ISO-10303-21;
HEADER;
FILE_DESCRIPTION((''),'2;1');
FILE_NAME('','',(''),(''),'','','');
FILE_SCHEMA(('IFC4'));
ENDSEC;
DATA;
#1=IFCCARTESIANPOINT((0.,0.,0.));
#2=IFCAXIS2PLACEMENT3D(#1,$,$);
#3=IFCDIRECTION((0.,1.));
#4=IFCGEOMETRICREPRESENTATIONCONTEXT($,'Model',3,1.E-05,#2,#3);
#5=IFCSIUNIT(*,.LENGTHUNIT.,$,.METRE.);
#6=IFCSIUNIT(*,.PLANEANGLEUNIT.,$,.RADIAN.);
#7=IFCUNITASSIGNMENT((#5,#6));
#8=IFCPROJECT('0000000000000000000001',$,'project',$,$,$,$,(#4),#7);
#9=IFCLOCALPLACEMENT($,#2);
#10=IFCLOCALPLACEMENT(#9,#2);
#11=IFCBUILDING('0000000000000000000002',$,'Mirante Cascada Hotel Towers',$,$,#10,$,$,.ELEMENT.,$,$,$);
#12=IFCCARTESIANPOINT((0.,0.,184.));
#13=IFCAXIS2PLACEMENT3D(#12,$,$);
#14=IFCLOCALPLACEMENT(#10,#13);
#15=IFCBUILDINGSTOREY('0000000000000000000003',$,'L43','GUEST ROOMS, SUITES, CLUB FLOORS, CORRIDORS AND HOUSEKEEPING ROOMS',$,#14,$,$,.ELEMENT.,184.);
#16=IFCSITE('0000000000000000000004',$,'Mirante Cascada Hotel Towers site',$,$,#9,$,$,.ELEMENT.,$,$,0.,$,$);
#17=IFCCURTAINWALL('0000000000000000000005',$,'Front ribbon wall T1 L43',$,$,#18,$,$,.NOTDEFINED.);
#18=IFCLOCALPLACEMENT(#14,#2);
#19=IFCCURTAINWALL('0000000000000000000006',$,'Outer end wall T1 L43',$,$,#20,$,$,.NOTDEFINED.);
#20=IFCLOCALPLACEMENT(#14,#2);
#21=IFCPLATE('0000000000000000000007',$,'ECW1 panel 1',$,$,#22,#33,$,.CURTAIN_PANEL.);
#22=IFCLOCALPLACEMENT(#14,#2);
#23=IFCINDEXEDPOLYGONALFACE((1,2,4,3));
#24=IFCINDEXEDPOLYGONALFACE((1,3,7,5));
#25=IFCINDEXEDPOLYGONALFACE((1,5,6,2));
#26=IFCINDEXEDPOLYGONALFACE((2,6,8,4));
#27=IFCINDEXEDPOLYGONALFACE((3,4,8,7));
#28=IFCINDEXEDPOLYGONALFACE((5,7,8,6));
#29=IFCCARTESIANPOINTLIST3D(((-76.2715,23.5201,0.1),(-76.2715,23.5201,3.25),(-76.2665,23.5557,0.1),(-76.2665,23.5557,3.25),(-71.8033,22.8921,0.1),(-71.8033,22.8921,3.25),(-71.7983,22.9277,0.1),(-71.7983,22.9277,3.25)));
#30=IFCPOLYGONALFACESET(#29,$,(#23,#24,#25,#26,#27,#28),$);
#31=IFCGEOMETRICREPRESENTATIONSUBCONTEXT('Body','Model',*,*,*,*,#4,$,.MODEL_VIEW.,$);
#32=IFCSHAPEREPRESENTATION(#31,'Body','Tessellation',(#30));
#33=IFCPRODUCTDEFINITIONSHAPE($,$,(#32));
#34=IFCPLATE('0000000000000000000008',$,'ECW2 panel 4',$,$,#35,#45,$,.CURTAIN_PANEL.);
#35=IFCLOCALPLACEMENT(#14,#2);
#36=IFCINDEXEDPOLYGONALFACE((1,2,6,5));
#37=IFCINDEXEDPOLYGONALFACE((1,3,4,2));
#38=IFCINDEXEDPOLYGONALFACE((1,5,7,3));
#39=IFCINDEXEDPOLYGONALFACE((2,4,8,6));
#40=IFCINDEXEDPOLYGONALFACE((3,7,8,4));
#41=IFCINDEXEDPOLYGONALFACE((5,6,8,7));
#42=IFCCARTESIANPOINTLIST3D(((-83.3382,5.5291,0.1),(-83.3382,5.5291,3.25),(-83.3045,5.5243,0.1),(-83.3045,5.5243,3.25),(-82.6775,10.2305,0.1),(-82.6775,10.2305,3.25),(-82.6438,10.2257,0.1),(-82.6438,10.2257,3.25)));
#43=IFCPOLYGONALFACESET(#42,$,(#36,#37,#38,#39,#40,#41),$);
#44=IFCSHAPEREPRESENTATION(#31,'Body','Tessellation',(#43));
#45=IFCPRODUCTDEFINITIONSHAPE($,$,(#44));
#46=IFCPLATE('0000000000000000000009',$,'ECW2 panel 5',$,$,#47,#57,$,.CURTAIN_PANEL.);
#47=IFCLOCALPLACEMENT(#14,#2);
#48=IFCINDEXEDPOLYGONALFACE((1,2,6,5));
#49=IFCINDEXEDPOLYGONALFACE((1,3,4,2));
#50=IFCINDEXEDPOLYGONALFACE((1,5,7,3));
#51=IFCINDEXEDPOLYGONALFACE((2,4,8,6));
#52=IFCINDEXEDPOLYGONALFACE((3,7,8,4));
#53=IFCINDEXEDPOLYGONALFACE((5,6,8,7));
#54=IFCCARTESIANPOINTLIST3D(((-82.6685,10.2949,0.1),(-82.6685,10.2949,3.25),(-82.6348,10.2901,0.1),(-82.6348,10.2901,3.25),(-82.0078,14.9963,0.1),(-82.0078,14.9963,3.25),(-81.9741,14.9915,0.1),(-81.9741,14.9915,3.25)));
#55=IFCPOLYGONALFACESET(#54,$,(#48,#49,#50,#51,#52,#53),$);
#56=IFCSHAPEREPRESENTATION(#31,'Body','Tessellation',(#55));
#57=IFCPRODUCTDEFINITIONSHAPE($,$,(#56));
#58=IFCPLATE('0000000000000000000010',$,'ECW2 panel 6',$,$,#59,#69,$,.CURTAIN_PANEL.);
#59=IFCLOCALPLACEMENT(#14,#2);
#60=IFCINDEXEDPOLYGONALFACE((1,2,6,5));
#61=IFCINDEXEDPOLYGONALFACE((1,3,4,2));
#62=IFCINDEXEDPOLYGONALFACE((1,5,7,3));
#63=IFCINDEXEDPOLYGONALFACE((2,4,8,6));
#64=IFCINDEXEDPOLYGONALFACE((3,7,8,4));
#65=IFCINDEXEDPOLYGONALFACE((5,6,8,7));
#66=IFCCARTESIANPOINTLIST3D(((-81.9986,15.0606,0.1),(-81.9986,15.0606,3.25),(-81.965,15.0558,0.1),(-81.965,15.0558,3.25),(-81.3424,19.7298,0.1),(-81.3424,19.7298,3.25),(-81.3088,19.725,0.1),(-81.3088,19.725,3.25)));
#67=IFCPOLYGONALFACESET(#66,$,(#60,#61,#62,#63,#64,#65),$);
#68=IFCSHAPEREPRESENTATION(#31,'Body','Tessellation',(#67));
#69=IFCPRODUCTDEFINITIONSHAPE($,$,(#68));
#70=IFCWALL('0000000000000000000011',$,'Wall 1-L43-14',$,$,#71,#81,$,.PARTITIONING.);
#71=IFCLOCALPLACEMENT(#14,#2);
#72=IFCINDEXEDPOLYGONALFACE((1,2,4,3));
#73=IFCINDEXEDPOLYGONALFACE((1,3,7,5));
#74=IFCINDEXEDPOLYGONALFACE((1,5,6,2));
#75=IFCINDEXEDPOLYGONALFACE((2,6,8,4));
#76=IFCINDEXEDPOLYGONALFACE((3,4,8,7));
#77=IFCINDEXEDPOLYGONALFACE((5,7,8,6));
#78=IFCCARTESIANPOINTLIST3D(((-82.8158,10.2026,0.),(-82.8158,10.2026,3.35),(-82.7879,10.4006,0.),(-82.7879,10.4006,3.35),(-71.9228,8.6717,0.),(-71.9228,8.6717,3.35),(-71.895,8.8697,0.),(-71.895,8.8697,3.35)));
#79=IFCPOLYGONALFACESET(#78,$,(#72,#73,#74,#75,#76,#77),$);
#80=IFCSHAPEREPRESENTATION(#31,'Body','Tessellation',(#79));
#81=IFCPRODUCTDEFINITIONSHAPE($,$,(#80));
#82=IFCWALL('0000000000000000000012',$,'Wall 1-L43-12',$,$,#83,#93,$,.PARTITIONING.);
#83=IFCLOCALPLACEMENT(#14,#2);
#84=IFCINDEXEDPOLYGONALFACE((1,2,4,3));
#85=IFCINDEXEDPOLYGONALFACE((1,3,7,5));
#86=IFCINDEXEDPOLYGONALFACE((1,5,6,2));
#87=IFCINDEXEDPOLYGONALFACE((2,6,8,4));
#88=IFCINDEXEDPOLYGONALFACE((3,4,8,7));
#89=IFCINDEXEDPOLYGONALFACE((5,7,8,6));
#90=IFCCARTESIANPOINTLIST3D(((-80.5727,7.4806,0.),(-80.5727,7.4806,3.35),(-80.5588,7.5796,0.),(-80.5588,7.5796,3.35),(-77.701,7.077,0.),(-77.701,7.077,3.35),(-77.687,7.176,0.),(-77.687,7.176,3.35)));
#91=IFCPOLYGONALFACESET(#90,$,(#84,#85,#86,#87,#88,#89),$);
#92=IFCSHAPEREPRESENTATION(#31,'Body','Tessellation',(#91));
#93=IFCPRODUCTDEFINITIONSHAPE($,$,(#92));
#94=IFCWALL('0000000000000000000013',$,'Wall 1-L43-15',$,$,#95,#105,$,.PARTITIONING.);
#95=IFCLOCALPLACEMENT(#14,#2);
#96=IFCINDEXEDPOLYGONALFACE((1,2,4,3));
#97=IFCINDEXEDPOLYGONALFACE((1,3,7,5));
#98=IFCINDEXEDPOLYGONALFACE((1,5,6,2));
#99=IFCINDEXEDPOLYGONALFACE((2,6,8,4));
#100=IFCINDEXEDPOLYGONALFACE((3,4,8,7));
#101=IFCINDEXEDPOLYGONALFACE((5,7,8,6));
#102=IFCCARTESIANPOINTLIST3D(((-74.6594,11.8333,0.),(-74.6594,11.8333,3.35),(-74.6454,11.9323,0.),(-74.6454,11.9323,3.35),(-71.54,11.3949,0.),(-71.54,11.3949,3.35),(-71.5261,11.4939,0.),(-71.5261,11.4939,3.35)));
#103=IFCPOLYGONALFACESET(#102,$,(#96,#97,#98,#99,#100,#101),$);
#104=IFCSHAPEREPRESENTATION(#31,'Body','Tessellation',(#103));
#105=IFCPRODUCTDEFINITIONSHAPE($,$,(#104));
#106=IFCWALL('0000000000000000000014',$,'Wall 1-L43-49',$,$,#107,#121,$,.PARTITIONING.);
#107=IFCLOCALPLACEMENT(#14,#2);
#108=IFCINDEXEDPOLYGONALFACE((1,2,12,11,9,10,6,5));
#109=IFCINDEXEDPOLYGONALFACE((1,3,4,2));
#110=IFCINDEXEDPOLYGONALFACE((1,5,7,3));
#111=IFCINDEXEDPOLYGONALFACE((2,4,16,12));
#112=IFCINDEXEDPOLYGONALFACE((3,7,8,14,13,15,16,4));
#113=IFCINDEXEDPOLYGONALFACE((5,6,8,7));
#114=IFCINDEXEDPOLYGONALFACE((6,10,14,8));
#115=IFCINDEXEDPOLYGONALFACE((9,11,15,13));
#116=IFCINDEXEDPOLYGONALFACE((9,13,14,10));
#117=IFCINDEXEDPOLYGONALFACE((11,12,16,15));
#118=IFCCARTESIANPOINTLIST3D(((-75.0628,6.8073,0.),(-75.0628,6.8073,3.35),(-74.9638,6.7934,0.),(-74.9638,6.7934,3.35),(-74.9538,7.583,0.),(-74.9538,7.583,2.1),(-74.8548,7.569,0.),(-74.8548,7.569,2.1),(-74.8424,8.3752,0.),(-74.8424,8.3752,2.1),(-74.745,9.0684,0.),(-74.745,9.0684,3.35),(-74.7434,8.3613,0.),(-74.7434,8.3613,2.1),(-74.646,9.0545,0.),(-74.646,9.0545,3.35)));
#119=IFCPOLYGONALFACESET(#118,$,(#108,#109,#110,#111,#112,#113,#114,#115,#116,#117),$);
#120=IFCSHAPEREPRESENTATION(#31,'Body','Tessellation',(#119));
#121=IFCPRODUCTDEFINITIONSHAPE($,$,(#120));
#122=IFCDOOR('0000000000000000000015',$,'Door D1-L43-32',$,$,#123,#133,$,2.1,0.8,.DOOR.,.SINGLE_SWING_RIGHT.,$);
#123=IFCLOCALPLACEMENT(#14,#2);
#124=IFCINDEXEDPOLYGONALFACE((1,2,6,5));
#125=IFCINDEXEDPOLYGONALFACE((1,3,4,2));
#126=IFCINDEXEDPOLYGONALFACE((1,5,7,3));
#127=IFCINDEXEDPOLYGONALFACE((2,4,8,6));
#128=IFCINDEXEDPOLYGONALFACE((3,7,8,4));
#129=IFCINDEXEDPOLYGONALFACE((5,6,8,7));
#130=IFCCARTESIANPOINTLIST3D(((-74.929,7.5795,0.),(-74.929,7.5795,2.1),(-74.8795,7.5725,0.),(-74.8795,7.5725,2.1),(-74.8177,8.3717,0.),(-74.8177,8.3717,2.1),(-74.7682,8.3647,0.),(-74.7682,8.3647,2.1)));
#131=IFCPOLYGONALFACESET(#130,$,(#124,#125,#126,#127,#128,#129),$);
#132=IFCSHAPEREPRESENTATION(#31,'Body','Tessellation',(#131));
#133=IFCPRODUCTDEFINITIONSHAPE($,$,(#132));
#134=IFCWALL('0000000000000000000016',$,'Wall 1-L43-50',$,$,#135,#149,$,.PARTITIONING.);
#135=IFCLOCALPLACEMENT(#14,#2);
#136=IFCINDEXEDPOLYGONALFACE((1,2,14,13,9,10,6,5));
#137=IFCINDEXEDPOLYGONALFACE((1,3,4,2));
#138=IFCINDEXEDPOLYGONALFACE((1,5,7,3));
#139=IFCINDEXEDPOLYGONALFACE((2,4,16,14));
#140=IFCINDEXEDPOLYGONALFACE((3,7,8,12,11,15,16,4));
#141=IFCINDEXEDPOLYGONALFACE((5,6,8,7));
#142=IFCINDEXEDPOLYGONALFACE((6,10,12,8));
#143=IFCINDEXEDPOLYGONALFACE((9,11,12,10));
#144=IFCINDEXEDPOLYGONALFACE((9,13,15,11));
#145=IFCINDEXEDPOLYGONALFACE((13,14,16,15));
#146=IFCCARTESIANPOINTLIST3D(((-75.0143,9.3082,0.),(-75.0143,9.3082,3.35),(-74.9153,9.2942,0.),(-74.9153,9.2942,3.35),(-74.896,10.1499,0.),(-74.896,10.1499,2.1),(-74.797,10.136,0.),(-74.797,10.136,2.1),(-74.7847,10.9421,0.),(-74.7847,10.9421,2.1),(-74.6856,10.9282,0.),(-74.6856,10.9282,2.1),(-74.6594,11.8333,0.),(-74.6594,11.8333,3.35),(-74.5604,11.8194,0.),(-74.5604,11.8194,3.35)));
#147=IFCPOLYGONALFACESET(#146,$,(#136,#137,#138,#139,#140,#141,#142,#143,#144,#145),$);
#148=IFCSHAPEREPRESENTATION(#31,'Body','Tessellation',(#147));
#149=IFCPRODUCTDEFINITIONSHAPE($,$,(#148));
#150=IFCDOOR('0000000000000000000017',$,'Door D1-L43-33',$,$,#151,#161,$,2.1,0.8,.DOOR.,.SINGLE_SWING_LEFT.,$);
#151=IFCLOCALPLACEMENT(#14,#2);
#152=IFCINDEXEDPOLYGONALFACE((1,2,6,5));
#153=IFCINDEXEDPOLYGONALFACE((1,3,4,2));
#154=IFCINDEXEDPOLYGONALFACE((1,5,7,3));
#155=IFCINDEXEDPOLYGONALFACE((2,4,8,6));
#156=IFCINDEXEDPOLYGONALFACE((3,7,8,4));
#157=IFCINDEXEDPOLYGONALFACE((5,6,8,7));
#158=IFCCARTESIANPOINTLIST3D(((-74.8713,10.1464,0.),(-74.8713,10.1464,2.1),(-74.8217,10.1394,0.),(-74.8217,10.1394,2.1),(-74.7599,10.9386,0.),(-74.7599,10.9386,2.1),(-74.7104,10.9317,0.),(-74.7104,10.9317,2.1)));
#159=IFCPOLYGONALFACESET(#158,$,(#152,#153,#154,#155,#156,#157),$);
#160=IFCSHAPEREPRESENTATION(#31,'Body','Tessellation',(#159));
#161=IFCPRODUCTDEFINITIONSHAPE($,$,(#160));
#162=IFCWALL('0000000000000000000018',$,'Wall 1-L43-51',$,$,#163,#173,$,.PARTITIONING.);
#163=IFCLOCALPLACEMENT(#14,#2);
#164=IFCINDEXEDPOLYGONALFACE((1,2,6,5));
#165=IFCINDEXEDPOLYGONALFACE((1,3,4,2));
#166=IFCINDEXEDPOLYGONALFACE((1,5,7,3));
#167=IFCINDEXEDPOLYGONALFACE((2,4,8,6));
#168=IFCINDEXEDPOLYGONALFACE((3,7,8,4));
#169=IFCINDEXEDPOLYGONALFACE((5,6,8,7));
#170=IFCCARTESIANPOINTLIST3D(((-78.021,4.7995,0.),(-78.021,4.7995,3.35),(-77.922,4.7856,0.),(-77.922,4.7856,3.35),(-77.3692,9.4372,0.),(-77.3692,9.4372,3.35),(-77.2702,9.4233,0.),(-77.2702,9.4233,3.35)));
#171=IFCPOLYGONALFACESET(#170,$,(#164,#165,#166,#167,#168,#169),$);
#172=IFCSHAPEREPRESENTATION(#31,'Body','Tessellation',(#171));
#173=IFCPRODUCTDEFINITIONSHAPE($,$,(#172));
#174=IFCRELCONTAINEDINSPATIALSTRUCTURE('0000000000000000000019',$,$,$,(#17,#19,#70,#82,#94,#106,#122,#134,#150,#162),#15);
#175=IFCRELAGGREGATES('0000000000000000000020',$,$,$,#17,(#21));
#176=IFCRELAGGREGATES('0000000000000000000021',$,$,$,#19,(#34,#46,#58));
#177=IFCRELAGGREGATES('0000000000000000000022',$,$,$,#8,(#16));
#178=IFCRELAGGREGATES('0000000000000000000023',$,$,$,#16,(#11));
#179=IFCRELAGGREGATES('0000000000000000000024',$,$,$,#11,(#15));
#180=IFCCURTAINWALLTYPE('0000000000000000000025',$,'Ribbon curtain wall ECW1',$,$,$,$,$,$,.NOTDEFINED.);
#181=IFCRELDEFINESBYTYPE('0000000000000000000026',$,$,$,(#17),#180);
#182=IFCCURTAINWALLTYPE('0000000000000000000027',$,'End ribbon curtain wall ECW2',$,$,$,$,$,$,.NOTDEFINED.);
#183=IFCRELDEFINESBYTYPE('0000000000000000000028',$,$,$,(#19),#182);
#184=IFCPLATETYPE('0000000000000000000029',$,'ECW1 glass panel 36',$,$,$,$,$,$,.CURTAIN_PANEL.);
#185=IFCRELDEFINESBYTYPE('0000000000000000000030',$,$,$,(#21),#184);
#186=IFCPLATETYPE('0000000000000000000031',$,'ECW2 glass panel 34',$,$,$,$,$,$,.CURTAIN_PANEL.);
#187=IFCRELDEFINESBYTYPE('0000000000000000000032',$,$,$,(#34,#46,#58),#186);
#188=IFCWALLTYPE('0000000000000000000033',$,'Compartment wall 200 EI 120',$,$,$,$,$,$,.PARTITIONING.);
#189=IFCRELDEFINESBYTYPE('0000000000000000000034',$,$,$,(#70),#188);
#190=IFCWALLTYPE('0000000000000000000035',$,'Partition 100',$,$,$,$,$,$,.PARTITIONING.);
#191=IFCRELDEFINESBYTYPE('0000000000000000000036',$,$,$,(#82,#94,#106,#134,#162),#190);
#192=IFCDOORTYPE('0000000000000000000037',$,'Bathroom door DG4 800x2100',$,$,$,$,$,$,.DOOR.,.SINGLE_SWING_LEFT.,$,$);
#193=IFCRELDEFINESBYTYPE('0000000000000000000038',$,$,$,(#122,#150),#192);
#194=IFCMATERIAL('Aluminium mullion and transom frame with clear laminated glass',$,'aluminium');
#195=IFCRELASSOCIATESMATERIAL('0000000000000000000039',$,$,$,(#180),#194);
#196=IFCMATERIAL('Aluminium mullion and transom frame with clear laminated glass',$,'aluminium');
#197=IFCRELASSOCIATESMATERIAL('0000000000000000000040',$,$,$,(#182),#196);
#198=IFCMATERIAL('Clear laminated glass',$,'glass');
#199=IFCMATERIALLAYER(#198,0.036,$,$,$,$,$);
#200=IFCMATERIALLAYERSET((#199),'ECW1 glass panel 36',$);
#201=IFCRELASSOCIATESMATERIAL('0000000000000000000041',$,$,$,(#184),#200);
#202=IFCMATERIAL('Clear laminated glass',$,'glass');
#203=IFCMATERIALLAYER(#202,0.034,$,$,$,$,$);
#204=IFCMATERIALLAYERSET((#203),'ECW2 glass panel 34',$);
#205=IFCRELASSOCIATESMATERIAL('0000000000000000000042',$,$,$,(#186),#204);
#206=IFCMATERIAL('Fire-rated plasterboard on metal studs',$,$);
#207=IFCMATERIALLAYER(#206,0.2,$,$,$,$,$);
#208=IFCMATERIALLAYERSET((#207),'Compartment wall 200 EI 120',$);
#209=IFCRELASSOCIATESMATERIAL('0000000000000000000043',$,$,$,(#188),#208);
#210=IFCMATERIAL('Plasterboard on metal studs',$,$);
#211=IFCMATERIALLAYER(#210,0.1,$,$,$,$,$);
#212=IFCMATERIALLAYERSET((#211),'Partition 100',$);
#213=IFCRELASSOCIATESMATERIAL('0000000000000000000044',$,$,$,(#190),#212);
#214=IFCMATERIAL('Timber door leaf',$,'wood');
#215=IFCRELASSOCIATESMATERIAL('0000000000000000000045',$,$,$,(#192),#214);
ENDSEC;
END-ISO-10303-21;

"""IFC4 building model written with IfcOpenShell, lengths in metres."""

from ifc_helpers import new_model, si_unit, direction, frame, frame_2d, origin, origin_2d, place, context, subcontext, project, spatial, rectangle, extrude, material, layer, layer_set, type_object, element, fill, aggregate, save


model = new_model("IFC4")

# Units and contexts
model_context = context("Model", 3, precision=1e-05, world=origin(), true_north=direction((0.0, 1.0)))
body_context = subcontext(model_context, "Body", "Model", "MODEL_VIEW")
ifc_project = project(units=[si_unit("LENGTHUNIT", "METRE"), si_unit("PLANEANGLEUNIT", "RADIAN")], contexts=[model_context])

# Site, building, storey
site_placement = place(None, origin())
site = spatial("IfcSite", under=ifc_project, at=site_placement, Name="Mirante Cascada Hotel Towers site", CompositionType="ELEMENT", RefElevation=0.0)
building_placement = place(site_placement, origin())
building = spatial("IfcBuilding", under=site, at=building_placement, Name="Mirante Cascada Hotel Towers", CompositionType="ELEMENT")
storey_placement = place(building_placement, frame((0.0, 0.0, 184.0)))
storey = spatial("IfcBuildingStorey", under=building, at=storey_placement, Name="L43", Description="GUEST ROOMS, SUITES, CLUB FLOORS, CORRIDORS AND HOUSEKEEPING ROOMS", CompositionType="ELEMENT", Elevation=184.0)

# Curtain walls
ifc_material_1 = material(Name="Aluminium mullion and transom frame with clear laminated glass", Category="aluminium")
curtain_wall_type_1 = type_object("IfcCurtainWallType", Name="Ribbon curtain wall ECW1", PredefinedType="NOTDEFINED", material=ifc_material_1)
curtain_wall_1_placement = place(storey_placement, origin())
curtain_wall_1 = element("IfcCurtainWall", 1, at=curtain_wall_1_placement, inside=storey, type_object=curtain_wall_type_1, Name="Front ribbon wall T1 L43", PredefinedType="NOTDEFINED")
ifc_material_2 = material(Name="Aluminium mullion and transom frame with clear laminated glass", Category="aluminium")
curtain_wall_type_2 = type_object("IfcCurtainWallType", Name="End ribbon curtain wall ECW2", PredefinedType="NOTDEFINED", material=ifc_material_2)
curtain_wall_2_placement = place(storey_placement, origin())
curtain_wall_2 = element("IfcCurtainWall", 2, at=curtain_wall_2_placement, inside=storey, type_object=curtain_wall_type_2, Name="Outer end wall T1 L43", PredefinedType="NOTDEFINED")

# Plates
ifc_material_3 = material(Name="Clear laminated glass", Category="glass")
ifc_layer_1 = layer(ifc_material_3, 0.036)
ifc_layer_set_1 = layer_set([ifc_layer_1], Name="ECW1 glass panel 36")
plate_type_1 = type_object("IfcPlateType", Name="ECW1 glass panel 36", PredefinedType="CURTAIN_PANEL", material=ifc_layer_set_1)
plate_1_placement = place(storey_placement, frame((-74.0349, 23.2239, 0.1), z_axis=(0.0, 0.0, 1.0), x_axis=(0.990268, -0.139173, 0.0)))
plate_1 = element("IfcPlate", 3, at=plate_1_placement, type_object=plate_type_1, Name="ECW1 panel 1", PredefinedType="CURTAIN_PANEL", context=body_context, shape_type="SweptSolid", body=[
    extrude(rectangle(XDim=4.5121, YDim=0.036, at=origin_2d()), origin(), (0.0, 0.0, 1.0), 3.15),
])
aggregate(curtain_wall_1, [plate_1])
ifc_material_4 = material(Name="Clear laminated glass", Category="glass")
ifc_layer_2 = layer(ifc_material_4, 0.034)
ifc_layer_set_2 = layer_set([ifc_layer_2], Name="ECW2 glass panel 34")
plate_type_2 = type_object("IfcPlateType", Name="ECW2 glass panel 34", PredefinedType="CURTAIN_PANEL", material=ifc_layer_set_2)
plate_2_placement = place(storey_placement, frame((-82.991, 7.8774, 0.1), z_axis=(0.0, 0.0, 1.0), x_axis=(0.139173, 0.990268, 0.0)))
plate_2 = element("IfcPlate", 4, at=plate_2_placement, type_object=plate_type_2, Name="ECW2 panel 4", PredefinedType="CURTAIN_PANEL", context=body_context, shape_type="SweptSolid", body=[
    extrude(rectangle(XDim=4.7476, YDim=0.034, at=origin_2d()), origin(), (0.0, 0.0, 1.0), 3.15),
])
plate_3_placement = place(storey_placement, frame((-82.3213, 12.6432, 0.1), z_axis=(0.0, 0.0, 1.0), x_axis=(0.139173, 0.990268, 0.0)))
plate_3 = element("IfcPlate", 5, at=plate_3_placement, type_object=plate_type_2, Name="ECW2 panel 5", PredefinedType="CURTAIN_PANEL", context=body_context, shape_type="SweptSolid", body=[
    extrude(rectangle(XDim=4.7476, YDim=0.034, at=origin_2d()), origin(), (0.0, 0.0, 1.0), 3.15),
])
plate_4_placement = place(storey_placement, frame((-81.6537, 17.3928, 0.1), z_axis=(0.0, 0.0, 1.0), x_axis=(0.139173, 0.990268, 0.0)))
plate_4 = element("IfcPlate", 6, at=plate_4_placement, type_object=plate_type_2, Name="ECW2 panel 6", PredefinedType="CURTAIN_PANEL", context=body_context, shape_type="SweptSolid", body=[
    extrude(rectangle(XDim=4.7151, YDim=0.034, at=origin_2d()), origin(), (0.0, 0.0, 1.0), 3.15),
])
aggregate(curtain_wall_2, [plate_2, plate_3, plate_4])

# Walls
ifc_material_5 = material(Name="Fire-rated plasterboard on metal studs")
ifc_layer_3 = layer(ifc_material_5, 0.2)
ifc_layer_set_3 = layer_set([ifc_layer_3], Name="Compartment wall 200 EI 120")
wall_type_1 = type_object("IfcWallType", Name="Compartment wall 200 EI 120", PredefinedType="PARTITIONING", material=ifc_layer_set_3)
wall_1_placement = place(storey_placement, frame((-71.9089, 8.7707, 0.0), z_axis=(0.0, 0.0, 1.0), x_axis=(-0.990268, 0.139173, 0.0)))
element("IfcWall", 7, at=wall_1_placement, inside=storey, type_object=wall_type_1, Name="Wall 1-L43-14", PredefinedType="PARTITIONING", context=body_context, shape_type="SweptSolid", body=[
    extrude(rectangle(XDim=11.0, YDim=0.2, at=frame_2d((5.5, 0.0))), origin(), (0.0, 0.0, 1.0), 3.35),
])
ifc_material_6 = material(Name="Plasterboard on metal studs")
ifc_layer_4 = layer(ifc_material_6, 0.1)
ifc_layer_set_4 = layer_set([ifc_layer_4], Name="Partition 100")
wall_type_2 = type_object("IfcWallType", Name="Partition 100", PredefinedType="PARTITIONING", material=ifc_layer_set_4)
wall_2_placement = place(storey_placement, frame((-77.694, 7.1265, 0.0), z_axis=(0.0, 0.0, 1.0), x_axis=(-0.990268, 0.139171, 0.0)))
element("IfcWall", 8, at=wall_2_placement, inside=storey, type_object=wall_type_2, Name="Wall 1-L43-12", PredefinedType="PARTITIONING", context=body_context, shape_type="SweptSolid", body=[
    extrude(rectangle(XDim=2.9, YDim=0.1, at=frame_2d((1.45, 0.0))), origin(), (0.0, 0.0, 1.0), 3.35),
])
wall_3_placement = place(storey_placement, frame((-74.6524, 11.8828, 0.0), z_axis=(0.0, 0.0, 1.0), x_axis=(0.990268, -0.139177, 0.0)))
element("IfcWall", 9, at=wall_3_placement, inside=storey, type_object=wall_type_2, Name="Wall 1-L43-15", PredefinedType="PARTITIONING", context=body_context, shape_type="SweptSolid", body=[
    extrude(rectangle(XDim=3.15, YDim=0.1, at=frame_2d((1.575, 0.0))), origin(), (0.0, 0.0, 1.0), 3.35),
])

# Walls, openings, doors
wall_4_placement = place(storey_placement, frame((-74.6955, 9.0614, 0.0), z_axis=(0.0, 0.0, 1.0), x_axis=(-0.139183, -0.990267, 0.0)))
wall_4 = element("IfcWall", 10, at=wall_4_placement, inside=storey, type_object=wall_type_2, Name="Wall 1-L43-49", PredefinedType="PARTITIONING", context=body_context, shape_type="SweptSolid", body=[
    extrude(rectangle(XDim=2.2833, YDim=0.1, at=frame_2d((1.1416, 0.0))), origin(), (0.0, 0.0, 1.0), 3.35),
])
opening_1_placement = place(wall_4_placement, frame((0.7, 0.0, 0.0)))
opening_1 = element("IfcOpeningElement", 11, at=opening_1_placement, cuts=wall_4, PredefinedType="OPENING", context=body_context, shape_type="SweptSolid", body=[
    extrude(rectangle(XDim=0.8, YDim=2.1, at=frame_2d((0.4, 1.05))), frame((0.0, 0.05, 0.0), z_axis=(0.0, -1.0, 0.0), x_axis=(1.0, 0.0, 0.0)), (0.0, 0.0, 1.0), 0.1),
])
ifc_material_7 = material(Name="Timber door leaf", Category="wood")
door_type = type_object("IfcDoorType", Name="Bathroom door DG4 800x2100", OperationType="SINGLE_SWING_LEFT", PredefinedType="DOOR", material=ifc_material_7)
door_1_placement = place(opening_1_placement, frame((0.8, 0.0, 0.0), z_axis=(0.0, 0.0, 1.0), x_axis=(-1.0, 0.0, 0.0)))
door_1 = element("IfcDoor", 12, at=door_1_placement, inside=storey, type_object=door_type, Name="Door D1-L43-32", OperationType="SINGLE_SWING_RIGHT", OverallHeight=2.1, OverallWidth=0.8, PredefinedType="DOOR", context=body_context, shape_type="SweptSolid", body=[
    extrude(rectangle(XDim=0.8, YDim=2.1, at=frame_2d((0.4, 1.05))), frame((0.0, 0.025, 0.0), z_axis=(0.0, -1.0, 0.0), x_axis=(1.0, 0.0, 0.0)), (0.0, 0.0, 1.0), 0.05),
])
fill(opening_1, door_1)
wall_5_placement = place(storey_placement, frame((-74.9648, 9.3012, 0.0), z_axis=(0.0, 0.0, 1.0), x_axis=(0.139176, 0.990268, 0.0)))
wall_5 = element("IfcWall", 13, at=wall_5_placement, inside=storey, type_object=wall_type_2, Name="Wall 1-L43-50", PredefinedType="PARTITIONING", context=body_context, shape_type="SweptSolid", body=[
    extrude(rectangle(XDim=2.55, YDim=0.1, at=frame_2d((1.275, 0.0))), origin(), (0.0, 0.0, 1.0), 3.35),
])
opening_2_placement = place(wall_5_placement, frame((0.85, 0.0, 0.0)))
opening_2 = element("IfcOpeningElement", 14, at=opening_2_placement, cuts=wall_5, PredefinedType="OPENING", context=body_context, shape_type="SweptSolid", body=[
    extrude(rectangle(XDim=0.8, YDim=2.1, at=frame_2d((0.4, 1.05))), frame((0.0, 0.05, 0.0), z_axis=(0.0, -1.0, 0.0), x_axis=(1.0, 0.0, 0.0)), (0.0, 0.0, 1.0), 0.1),
])
door_2_placement = place(opening_2_placement, origin())
door_2 = element("IfcDoor", 15, at=door_2_placement, inside=storey, type_object=door_type, Name="Door D1-L43-33", OperationType="SINGLE_SWING_LEFT", OverallHeight=2.1, OverallWidth=0.8, PredefinedType="DOOR", context=body_context, shape_type="SweptSolid", body=[
    extrude(rectangle(XDim=0.8, YDim=2.1, at=frame_2d((0.4, 1.05))), frame((0.0, 0.025, 0.0), z_axis=(0.0, -1.0, 0.0), x_axis=(1.0, 0.0, 0.0)), (0.0, 0.0, 1.0), 0.05),
])
fill(opening_2, door_2)

# Wall
wall_6_placement = place(storey_placement, frame((-77.3197, 9.4302, 0.0), z_axis=(0.0, 0.0, 1.0), x_axis=(-0.139176, -0.990268, 0.0)))
element("IfcWall", 16, at=wall_6_placement, inside=storey, type_object=wall_type_2, Name="Wall 1-L43-51", PredefinedType="PARTITIONING", context=body_context, shape_type="SweptSolid", body=[
    extrude(rectangle(XDim=4.6833, YDim=0.1, at=frame_2d((2.3416, 0.0))), origin(), (0.0, 0.0, 1.0), 3.35),
])

save(model, "model.ifc")
